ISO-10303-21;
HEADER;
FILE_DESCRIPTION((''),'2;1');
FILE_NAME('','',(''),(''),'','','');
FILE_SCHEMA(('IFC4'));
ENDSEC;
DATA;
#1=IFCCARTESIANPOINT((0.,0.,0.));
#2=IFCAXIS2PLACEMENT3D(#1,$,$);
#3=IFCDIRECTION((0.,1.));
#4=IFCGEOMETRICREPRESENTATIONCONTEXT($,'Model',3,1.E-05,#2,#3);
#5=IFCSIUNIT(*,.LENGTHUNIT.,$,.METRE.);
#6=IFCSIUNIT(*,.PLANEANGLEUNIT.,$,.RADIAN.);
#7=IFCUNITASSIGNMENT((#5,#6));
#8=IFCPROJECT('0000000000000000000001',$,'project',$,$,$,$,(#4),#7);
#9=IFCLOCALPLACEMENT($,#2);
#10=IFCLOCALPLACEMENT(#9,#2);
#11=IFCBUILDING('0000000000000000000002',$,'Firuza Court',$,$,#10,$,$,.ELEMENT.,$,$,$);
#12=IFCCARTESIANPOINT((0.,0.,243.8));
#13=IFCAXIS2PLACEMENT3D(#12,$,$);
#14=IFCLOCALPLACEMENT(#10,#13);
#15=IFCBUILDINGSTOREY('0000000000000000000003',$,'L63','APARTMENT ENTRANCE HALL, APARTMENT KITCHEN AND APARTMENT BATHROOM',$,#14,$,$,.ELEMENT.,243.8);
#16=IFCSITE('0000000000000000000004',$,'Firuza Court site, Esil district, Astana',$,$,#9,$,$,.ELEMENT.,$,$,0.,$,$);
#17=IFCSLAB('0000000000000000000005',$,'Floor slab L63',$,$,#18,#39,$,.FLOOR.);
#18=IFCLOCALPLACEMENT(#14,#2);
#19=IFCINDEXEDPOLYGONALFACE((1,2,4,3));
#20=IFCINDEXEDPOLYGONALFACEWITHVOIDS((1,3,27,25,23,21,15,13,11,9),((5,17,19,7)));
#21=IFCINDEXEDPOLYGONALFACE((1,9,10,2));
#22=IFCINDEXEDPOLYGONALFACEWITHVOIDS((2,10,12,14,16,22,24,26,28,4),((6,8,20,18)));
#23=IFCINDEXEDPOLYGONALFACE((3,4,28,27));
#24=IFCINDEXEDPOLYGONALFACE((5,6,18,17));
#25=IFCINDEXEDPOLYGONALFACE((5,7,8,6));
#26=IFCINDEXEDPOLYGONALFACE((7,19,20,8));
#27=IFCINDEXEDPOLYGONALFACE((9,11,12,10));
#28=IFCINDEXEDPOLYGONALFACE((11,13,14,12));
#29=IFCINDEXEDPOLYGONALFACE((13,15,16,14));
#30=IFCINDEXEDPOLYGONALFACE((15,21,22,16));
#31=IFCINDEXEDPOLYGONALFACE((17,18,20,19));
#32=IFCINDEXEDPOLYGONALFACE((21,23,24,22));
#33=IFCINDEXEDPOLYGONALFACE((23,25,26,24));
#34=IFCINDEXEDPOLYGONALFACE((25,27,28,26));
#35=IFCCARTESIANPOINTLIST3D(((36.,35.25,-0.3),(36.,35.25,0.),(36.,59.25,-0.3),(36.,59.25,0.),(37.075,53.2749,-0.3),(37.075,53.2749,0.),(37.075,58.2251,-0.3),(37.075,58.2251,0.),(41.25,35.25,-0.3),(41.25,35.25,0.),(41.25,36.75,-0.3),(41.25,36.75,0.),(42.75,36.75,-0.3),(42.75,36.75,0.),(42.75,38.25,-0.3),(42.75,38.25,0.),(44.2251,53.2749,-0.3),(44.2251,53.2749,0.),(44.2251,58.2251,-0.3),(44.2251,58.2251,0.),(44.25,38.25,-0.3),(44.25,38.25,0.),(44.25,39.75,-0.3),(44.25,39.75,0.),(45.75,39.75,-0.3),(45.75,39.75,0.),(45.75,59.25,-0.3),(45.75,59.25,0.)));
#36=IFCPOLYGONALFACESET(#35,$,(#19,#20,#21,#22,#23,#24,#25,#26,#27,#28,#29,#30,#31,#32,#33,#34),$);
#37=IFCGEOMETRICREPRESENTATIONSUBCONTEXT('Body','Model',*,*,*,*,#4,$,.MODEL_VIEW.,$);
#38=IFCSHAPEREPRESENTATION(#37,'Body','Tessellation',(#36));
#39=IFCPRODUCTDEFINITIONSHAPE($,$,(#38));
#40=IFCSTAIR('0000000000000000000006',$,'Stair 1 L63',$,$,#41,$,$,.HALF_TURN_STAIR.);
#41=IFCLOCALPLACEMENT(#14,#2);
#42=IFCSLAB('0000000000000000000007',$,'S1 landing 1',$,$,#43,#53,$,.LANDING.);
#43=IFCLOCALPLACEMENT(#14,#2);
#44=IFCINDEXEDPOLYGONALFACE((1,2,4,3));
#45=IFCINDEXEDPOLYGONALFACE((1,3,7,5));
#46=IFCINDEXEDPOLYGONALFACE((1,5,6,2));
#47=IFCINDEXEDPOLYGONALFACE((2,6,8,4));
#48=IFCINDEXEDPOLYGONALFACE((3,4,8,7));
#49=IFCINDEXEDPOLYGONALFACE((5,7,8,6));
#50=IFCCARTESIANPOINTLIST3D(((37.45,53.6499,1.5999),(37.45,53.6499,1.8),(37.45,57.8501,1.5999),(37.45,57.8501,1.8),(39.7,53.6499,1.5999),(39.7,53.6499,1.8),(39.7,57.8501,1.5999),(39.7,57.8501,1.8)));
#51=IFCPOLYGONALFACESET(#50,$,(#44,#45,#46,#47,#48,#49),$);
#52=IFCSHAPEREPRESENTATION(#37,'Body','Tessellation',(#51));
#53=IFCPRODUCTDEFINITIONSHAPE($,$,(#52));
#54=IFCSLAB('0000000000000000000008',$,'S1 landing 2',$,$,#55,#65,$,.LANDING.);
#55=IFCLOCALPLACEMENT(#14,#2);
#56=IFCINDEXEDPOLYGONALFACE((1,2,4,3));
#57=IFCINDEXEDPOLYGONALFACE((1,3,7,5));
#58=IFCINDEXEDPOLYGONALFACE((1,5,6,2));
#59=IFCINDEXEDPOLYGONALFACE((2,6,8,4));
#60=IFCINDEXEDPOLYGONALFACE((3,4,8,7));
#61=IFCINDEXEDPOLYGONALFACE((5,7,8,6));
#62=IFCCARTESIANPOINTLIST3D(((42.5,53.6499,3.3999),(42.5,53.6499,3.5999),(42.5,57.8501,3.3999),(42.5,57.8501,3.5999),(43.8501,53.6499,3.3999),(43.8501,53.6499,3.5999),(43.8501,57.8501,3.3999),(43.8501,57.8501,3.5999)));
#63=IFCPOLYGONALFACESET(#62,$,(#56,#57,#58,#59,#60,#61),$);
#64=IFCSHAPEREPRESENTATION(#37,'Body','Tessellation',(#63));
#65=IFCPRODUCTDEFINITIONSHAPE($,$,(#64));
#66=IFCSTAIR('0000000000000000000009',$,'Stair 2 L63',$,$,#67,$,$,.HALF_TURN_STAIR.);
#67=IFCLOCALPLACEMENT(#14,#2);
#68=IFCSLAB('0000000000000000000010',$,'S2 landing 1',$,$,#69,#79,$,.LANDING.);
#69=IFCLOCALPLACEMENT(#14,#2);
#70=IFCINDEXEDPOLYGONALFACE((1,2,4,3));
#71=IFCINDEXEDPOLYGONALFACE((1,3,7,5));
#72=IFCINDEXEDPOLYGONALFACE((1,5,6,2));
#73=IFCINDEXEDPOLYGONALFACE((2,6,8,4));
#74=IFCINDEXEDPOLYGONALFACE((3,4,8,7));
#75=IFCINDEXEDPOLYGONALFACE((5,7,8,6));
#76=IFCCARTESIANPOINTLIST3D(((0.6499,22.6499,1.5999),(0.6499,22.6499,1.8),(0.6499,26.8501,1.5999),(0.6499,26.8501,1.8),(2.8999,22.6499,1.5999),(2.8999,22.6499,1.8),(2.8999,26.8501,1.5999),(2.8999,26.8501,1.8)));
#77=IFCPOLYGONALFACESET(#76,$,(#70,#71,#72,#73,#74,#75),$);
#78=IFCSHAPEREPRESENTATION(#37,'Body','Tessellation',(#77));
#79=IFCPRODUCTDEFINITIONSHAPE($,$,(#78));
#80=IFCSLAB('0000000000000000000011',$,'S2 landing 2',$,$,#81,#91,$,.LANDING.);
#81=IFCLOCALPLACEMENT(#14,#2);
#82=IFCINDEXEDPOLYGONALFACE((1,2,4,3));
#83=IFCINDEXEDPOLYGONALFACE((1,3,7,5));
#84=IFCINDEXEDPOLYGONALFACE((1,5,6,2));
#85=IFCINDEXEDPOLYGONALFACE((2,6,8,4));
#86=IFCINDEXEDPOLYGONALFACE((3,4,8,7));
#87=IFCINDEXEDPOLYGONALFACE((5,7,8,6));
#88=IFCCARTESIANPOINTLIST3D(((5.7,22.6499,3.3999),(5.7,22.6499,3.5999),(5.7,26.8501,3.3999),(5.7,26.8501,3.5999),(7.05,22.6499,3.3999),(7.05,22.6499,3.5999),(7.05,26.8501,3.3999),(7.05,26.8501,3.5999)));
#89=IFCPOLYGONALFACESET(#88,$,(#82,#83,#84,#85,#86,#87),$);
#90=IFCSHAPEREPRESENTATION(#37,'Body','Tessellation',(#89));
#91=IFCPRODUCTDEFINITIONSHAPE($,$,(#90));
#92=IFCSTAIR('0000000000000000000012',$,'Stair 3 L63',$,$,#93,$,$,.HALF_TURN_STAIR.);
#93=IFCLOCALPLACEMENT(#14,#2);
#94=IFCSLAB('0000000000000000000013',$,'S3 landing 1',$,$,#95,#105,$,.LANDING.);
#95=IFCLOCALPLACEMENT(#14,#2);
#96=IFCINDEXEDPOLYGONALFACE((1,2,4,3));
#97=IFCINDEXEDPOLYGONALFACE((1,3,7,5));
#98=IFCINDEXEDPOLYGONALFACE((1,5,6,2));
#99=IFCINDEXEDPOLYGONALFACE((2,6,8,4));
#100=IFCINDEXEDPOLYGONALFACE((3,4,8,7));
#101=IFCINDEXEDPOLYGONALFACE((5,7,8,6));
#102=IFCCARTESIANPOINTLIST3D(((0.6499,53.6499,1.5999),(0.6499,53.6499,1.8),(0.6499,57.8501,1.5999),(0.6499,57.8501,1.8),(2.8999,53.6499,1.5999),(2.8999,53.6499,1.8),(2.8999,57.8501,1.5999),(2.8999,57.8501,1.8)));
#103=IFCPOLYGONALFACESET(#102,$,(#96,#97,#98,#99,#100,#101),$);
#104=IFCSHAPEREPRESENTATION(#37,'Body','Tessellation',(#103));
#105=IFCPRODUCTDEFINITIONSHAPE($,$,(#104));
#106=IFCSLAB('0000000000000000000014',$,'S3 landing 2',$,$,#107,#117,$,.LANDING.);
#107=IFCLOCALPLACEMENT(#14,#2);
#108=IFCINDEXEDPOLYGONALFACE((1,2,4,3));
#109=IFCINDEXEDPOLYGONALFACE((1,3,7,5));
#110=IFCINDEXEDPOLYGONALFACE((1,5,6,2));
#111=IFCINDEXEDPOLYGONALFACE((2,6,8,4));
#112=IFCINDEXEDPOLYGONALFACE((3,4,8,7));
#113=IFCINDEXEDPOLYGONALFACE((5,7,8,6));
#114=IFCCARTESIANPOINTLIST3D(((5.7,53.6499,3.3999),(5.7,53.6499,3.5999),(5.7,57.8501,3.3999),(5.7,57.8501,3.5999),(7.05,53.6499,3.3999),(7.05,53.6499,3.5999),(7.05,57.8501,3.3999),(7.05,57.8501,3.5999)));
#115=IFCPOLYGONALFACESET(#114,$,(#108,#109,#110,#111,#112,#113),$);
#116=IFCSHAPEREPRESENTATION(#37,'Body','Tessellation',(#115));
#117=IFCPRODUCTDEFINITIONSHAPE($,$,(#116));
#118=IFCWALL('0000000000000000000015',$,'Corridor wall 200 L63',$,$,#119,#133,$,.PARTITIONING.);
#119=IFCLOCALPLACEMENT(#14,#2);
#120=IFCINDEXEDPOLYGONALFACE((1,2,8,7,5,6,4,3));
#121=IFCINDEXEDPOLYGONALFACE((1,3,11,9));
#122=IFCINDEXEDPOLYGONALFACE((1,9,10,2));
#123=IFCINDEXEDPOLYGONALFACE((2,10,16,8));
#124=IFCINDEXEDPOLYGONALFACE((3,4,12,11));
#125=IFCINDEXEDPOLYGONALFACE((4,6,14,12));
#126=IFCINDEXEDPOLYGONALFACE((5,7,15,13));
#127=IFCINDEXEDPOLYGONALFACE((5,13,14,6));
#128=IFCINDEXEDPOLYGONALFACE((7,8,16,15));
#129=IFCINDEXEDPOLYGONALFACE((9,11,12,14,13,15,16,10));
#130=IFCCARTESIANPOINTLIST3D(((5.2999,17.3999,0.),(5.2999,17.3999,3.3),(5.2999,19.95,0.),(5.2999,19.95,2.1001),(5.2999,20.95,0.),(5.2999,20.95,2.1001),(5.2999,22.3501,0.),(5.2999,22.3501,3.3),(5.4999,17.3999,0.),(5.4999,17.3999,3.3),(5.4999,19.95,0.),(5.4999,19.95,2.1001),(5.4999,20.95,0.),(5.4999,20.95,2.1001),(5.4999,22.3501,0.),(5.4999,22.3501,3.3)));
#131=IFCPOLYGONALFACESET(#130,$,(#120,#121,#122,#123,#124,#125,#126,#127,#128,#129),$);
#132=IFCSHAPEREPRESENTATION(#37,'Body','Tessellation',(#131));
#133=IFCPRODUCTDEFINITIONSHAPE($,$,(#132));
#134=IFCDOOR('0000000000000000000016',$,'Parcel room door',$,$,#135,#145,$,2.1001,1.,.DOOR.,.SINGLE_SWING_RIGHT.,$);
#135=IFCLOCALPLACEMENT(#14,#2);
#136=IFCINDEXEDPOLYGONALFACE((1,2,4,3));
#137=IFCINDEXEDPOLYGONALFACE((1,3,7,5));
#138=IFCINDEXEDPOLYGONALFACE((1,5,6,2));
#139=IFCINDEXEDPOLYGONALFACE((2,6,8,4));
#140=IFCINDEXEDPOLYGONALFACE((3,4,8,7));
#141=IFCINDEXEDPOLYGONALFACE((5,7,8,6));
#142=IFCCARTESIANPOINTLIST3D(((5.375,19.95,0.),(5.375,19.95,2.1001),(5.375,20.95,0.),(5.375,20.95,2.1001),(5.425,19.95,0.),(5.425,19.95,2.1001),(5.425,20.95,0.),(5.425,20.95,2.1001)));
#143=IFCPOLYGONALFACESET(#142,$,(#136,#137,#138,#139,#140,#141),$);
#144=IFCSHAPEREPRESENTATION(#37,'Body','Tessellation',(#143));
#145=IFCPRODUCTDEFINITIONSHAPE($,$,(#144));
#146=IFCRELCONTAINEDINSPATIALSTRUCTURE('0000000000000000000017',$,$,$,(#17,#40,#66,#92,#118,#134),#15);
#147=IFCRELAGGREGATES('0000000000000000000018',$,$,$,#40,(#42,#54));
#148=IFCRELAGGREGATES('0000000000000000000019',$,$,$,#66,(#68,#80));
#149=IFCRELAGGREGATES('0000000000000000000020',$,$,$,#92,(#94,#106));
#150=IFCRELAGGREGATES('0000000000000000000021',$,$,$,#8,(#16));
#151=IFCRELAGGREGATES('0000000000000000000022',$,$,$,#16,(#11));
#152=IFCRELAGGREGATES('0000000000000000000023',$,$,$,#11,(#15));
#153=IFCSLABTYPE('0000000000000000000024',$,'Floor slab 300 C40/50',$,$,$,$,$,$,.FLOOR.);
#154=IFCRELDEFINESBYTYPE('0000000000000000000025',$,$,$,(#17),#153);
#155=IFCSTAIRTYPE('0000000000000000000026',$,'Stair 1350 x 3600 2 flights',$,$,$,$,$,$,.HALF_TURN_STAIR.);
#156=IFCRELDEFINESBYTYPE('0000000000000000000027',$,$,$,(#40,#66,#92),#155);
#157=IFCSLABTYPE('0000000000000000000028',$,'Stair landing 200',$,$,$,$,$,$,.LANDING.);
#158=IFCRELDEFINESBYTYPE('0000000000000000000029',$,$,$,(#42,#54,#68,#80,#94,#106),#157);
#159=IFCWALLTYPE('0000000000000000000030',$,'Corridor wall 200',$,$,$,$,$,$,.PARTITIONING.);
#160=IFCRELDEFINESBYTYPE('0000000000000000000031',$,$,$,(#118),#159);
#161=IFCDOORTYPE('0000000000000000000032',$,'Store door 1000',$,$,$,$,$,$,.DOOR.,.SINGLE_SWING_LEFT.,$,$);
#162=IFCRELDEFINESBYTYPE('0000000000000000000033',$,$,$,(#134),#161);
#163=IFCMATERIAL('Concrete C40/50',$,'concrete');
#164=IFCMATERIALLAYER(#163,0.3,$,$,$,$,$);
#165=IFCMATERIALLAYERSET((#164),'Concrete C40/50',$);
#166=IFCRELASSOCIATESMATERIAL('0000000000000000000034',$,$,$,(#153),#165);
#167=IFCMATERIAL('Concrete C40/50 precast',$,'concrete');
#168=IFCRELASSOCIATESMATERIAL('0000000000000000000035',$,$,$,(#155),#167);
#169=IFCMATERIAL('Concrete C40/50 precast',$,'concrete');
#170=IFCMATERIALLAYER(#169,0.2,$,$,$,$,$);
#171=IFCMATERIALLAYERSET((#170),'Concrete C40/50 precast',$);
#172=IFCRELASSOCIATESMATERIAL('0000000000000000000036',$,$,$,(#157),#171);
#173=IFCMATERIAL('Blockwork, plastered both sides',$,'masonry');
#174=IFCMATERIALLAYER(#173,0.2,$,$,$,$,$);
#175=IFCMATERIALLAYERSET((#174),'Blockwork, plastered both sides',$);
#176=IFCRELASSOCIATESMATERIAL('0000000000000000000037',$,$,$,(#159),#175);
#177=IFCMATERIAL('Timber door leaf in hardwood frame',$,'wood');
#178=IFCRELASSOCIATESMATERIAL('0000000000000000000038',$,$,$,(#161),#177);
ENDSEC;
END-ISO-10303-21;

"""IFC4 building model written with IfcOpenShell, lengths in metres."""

from ifc_helpers import new_model, si_unit, direction, frame, frame_2d, origin, place, context, subcontext, project, spatial, polyline, rectangle, outline, extrude, material, layer, layer_set, type_object, element, fill, aggregate, save


model = new_model("IFC4")

# Units and contexts
model_context = context("Model", 3, precision=1e-05, world=origin(), true_north=direction((0.0, 1.0)))
body_context = subcontext(model_context, "Body", "Model", "MODEL_VIEW")
ifc_project = project(units=[si_unit("LENGTHUNIT", "METRE"), si_unit("PLANEANGLEUNIT", "RADIAN")], contexts=[model_context])

# Site, building, storey
site_placement = place(None, origin())
site = spatial("IfcSite", under=ifc_project, at=site_placement, Name="Firuza Court site, Esil district, Astana", CompositionType="ELEMENT", RefElevation=0.0)
building_placement = place(site_placement, origin())
building = spatial("IfcBuilding", under=site, at=building_placement, Name="Firuza Court", CompositionType="ELEMENT")
storey_placement = place(building_placement, frame((0.0, 0.0, 243.8)))
storey = spatial("IfcBuildingStorey", under=building, at=storey_placement, Name="L63", Description="APARTMENT ENTRANCE HALL, APARTMENT KITCHEN AND APARTMENT BATHROOM", CompositionType="ELEMENT", Elevation=243.8)

# Slab
ifc_material_1 = material(Name="Concrete C40/50", Category="concrete")
ifc_layer_1 = layer(ifc_material_1, 0.3)
ifc_layer_set_1 = layer_set([ifc_layer_1], Name="Concrete C40/50")
slab_type_1 = type_object("IfcSlabType", Name="Floor slab 300 C40/50", PredefinedType="FLOOR", material=ifc_layer_set_1)
slab_1_placement = place(storey_placement, frame((0.0, 0.0, -0.3)))
element("IfcSlab", 1, at=slab_1_placement, inside=storey, type_object=slab_type_1, Name="Floor slab L63", PredefinedType="FLOOR", context=body_context, shape_type="SweptSolid", body=[
    extrude(outline(polyline([(45.75, 39.75), (44.25, 39.75), (44.25, 38.25), (42.75, 38.25), (42.75, 36.75), (41.25, 36.75), (41.25, 35.25), (36.0, 35.25), (36.0, 59.25), (45.75, 59.25), (45.75, 39.75)]), holes=[polyline([(44.2251, 58.2251), (37.075, 58.2251), (37.075, 53.2749), (44.2251, 53.2749), (44.2251, 58.2251)])]), origin(), (0.0, 0.0, 1.0), 0.3),
])

# Stairs, slabs
ifc_material_2 = material(Name="Concrete C40/50 precast", Category="concrete")
stair_type = type_object("IfcStairType", Name="Stair 1350 x 3600 2 flights", PredefinedType="HALF_TURN_STAIR", material=ifc_material_2)
stair_1_placement = place(storey_placement, origin())
stair_1 = element("IfcStair", 2, at=stair_1_placement, inside=storey, type_object=stair_type, Name="Stair 1 L63", PredefinedType="HALF_TURN_STAIR")
ifc_material_3 = material(Name="Concrete C40/50 precast", Category="concrete")
ifc_layer_2 = layer(ifc_material_3, 0.2)
ifc_layer_set_2 = layer_set([ifc_layer_2], Name="Concrete C40/50 precast")
slab_type_2 = type_object("IfcSlabType", Name="Stair landing 200", PredefinedType="LANDING", material=ifc_layer_set_2)
slab_2_placement = place(storey_placement, frame((0.0, 0.0, 1.5999)))
slab_2 = element("IfcSlab", 3, at=slab_2_placement, type_object=slab_type_2, Name="S1 landing 1", PredefinedType="LANDING", context=body_context, shape_type="SweptSolid", body=[
    extrude(outline(polyline([(39.7, 53.6499), (39.7, 57.8501), (37.45, 57.8501), (37.45, 53.6499), (39.7, 53.6499)])), origin(), (0.0, 0.0, 1.0), 0.2002),
])
slab_3_placement = place(storey_placement, frame((0.0, 0.0, 3.3999)))
slab_3 = element("IfcSlab", 4, at=slab_3_placement, type_object=slab_type_2, Name="S1 landing 2", PredefinedType="LANDING", context=body_context, shape_type="SweptSolid", body=[
    extrude(outline(polyline([(43.8501, 53.6499), (43.8501, 57.8501), (42.5, 57.8501), (42.5, 53.6499), (43.8501, 53.6499)])), origin(), (0.0, 0.0, 1.0), 0.2),
])
aggregate(stair_1, [slab_2, slab_3])
stair_2_placement = place(storey_placement, origin())
stair_2 = element("IfcStair", 5, at=stair_2_placement, inside=storey, type_object=stair_type, Name="Stair 2 L63", PredefinedType="HALF_TURN_STAIR")
slab_4_placement = place(storey_placement, frame((0.0, 0.0, 1.5999)))
slab_4 = element("IfcSlab", 6, at=slab_4_placement, type_object=slab_type_2, Name="S2 landing 1", PredefinedType="LANDING", context=body_context, shape_type="SweptSolid", body=[
    extrude(outline(polyline([(2.8999, 22.6499), (2.8999, 26.8501), (0.6499, 26.8501), (0.6499, 22.6499), (2.8999, 22.6499)])), origin(), (0.0, 0.0, 1.0), 0.2002),
])
slab_5_placement = place(storey_placement, frame((0.0, 0.0, 3.3999)))
slab_5 = element("IfcSlab", 7, at=slab_5_placement, type_object=slab_type_2, Name="S2 landing 2", PredefinedType="LANDING", context=body_context, shape_type="SweptSolid", body=[
    extrude(outline(polyline([(7.05, 22.6499), (7.05, 26.8501), (5.7, 26.8501), (5.7, 22.6499), (7.05, 22.6499)])), origin(), (0.0, 0.0, 1.0), 0.2),
])
aggregate(stair_2, [slab_4, slab_5])
stair_3_placement = place(storey_placement, origin())
stair_3 = element("IfcStair", 8, at=stair_3_placement, inside=storey, type_object=stair_type, Name="Stair 3 L63", PredefinedType="HALF_TURN_STAIR")
slab_6_placement = place(storey_placement, frame((0.0, 0.0, 1.5999)))
slab_6 = element("IfcSlab", 9, at=slab_6_placement, type_object=slab_type_2, Name="S3 landing 1", PredefinedType="LANDING", context=body_context, shape_type="SweptSolid", body=[
    extrude(outline(polyline([(2.8999, 53.6499), (2.8999, 57.8501), (0.6499, 57.8501), (0.6499, 53.6499), (2.8999, 53.6499)])), origin(), (0.0, 0.0, 1.0), 0.2002),
])
slab_7_placement = place(storey_placement, frame((0.0, 0.0, 3.3999)))
slab_7 = element("IfcSlab", 10, at=slab_7_placement, type_object=slab_type_2, Name="S3 landing 2", PredefinedType="LANDING", context=body_context, shape_type="SweptSolid", body=[
    extrude(outline(polyline([(7.05, 53.6499), (7.05, 57.8501), (5.7, 57.8501), (5.7, 53.6499), (7.05, 53.6499)])), origin(), (0.0, 0.0, 1.0), 0.2),
])
aggregate(stair_3, [slab_6, slab_7])

# Wall, opening, door
ifc_material_4 = material(Name="Blockwork, plastered both sides", Category="masonry")
ifc_layer_3 = layer(ifc_material_4, 0.2)
ifc_layer_set_3 = layer_set([ifc_layer_3], Name="Blockwork, plastered both sides")
wall_type_1 = type_object("IfcWallType", Name="Corridor wall 200", PredefinedType="PARTITIONING", material=ifc_layer_set_3)
wall_1_placement = place(storey_placement, frame((5.3999, 17.3999, 0.0), z_axis=(0.0, 0.0, 1.0), x_axis=(0.0, 1.0, 0.0)))
wall_1 = element("IfcWall", 11, at=wall_1_placement, inside=storey, type_object=wall_type_1, Name="Corridor wall 200 L63", PredefinedType="PARTITIONING", context=body_context, shape_type="SweptSolid", body=[
    extrude(rectangle(XDim=4.9502, YDim=0.2, at=frame_2d((2.4751, 0.0))), origin(), (0.0, 0.0, 1.0), 3.3),
])
opening_1_placement = place(wall_1_placement, frame((2.55, 0.0, 0.0)))
opening_1 = element("IfcOpeningElement", 12, at=opening_1_placement, cuts=wall_1, PredefinedType="OPENING", context=body_context, shape_type="SweptSolid", body=[
    extrude(rectangle(XDim=1.0, YDim=2.1001, at=frame_2d((0.5, 1.05))), frame((0.0, 0.1118, 0.0), z_axis=(0.0, -1.0, 0.0), x_axis=(1.0, 0.0, 0.0)), (0.0, 0.0, 1.0), 0.2239),
])
ifc_material_5 = material(Name="Timber door leaf in hardwood frame", Category="wood")
door_type_1 = type_object("IfcDoorType", Name="Store door 1000", OperationType="SINGLE_SWING_LEFT", PredefinedType="DOOR", material=ifc_material_5)
door_1_placement = place(opening_1_placement, origin())
door_1 = element("IfcDoor", 13, at=door_1_placement, inside=storey, type_object=door_type_1, Name="Parcel room door", OperationType="SINGLE_SWING_RIGHT", OverallHeight=2.1001, OverallWidth=1.0, PredefinedType="DOOR", context=body_context, shape_type="SweptSolid", body=[
    extrude(rectangle(XDim=1.0, YDim=2.1001, at=frame_2d((0.5, 1.05))), frame((0.0, 0.0249, 0.0), z_axis=(0.0, -1.0, 0.0), x_axis=(1.0, 0.0, 0.0)), (0.0, 0.0, 1.0), 0.05),
])
fill(opening_1, door_1)

save(model, "model.ifc")
